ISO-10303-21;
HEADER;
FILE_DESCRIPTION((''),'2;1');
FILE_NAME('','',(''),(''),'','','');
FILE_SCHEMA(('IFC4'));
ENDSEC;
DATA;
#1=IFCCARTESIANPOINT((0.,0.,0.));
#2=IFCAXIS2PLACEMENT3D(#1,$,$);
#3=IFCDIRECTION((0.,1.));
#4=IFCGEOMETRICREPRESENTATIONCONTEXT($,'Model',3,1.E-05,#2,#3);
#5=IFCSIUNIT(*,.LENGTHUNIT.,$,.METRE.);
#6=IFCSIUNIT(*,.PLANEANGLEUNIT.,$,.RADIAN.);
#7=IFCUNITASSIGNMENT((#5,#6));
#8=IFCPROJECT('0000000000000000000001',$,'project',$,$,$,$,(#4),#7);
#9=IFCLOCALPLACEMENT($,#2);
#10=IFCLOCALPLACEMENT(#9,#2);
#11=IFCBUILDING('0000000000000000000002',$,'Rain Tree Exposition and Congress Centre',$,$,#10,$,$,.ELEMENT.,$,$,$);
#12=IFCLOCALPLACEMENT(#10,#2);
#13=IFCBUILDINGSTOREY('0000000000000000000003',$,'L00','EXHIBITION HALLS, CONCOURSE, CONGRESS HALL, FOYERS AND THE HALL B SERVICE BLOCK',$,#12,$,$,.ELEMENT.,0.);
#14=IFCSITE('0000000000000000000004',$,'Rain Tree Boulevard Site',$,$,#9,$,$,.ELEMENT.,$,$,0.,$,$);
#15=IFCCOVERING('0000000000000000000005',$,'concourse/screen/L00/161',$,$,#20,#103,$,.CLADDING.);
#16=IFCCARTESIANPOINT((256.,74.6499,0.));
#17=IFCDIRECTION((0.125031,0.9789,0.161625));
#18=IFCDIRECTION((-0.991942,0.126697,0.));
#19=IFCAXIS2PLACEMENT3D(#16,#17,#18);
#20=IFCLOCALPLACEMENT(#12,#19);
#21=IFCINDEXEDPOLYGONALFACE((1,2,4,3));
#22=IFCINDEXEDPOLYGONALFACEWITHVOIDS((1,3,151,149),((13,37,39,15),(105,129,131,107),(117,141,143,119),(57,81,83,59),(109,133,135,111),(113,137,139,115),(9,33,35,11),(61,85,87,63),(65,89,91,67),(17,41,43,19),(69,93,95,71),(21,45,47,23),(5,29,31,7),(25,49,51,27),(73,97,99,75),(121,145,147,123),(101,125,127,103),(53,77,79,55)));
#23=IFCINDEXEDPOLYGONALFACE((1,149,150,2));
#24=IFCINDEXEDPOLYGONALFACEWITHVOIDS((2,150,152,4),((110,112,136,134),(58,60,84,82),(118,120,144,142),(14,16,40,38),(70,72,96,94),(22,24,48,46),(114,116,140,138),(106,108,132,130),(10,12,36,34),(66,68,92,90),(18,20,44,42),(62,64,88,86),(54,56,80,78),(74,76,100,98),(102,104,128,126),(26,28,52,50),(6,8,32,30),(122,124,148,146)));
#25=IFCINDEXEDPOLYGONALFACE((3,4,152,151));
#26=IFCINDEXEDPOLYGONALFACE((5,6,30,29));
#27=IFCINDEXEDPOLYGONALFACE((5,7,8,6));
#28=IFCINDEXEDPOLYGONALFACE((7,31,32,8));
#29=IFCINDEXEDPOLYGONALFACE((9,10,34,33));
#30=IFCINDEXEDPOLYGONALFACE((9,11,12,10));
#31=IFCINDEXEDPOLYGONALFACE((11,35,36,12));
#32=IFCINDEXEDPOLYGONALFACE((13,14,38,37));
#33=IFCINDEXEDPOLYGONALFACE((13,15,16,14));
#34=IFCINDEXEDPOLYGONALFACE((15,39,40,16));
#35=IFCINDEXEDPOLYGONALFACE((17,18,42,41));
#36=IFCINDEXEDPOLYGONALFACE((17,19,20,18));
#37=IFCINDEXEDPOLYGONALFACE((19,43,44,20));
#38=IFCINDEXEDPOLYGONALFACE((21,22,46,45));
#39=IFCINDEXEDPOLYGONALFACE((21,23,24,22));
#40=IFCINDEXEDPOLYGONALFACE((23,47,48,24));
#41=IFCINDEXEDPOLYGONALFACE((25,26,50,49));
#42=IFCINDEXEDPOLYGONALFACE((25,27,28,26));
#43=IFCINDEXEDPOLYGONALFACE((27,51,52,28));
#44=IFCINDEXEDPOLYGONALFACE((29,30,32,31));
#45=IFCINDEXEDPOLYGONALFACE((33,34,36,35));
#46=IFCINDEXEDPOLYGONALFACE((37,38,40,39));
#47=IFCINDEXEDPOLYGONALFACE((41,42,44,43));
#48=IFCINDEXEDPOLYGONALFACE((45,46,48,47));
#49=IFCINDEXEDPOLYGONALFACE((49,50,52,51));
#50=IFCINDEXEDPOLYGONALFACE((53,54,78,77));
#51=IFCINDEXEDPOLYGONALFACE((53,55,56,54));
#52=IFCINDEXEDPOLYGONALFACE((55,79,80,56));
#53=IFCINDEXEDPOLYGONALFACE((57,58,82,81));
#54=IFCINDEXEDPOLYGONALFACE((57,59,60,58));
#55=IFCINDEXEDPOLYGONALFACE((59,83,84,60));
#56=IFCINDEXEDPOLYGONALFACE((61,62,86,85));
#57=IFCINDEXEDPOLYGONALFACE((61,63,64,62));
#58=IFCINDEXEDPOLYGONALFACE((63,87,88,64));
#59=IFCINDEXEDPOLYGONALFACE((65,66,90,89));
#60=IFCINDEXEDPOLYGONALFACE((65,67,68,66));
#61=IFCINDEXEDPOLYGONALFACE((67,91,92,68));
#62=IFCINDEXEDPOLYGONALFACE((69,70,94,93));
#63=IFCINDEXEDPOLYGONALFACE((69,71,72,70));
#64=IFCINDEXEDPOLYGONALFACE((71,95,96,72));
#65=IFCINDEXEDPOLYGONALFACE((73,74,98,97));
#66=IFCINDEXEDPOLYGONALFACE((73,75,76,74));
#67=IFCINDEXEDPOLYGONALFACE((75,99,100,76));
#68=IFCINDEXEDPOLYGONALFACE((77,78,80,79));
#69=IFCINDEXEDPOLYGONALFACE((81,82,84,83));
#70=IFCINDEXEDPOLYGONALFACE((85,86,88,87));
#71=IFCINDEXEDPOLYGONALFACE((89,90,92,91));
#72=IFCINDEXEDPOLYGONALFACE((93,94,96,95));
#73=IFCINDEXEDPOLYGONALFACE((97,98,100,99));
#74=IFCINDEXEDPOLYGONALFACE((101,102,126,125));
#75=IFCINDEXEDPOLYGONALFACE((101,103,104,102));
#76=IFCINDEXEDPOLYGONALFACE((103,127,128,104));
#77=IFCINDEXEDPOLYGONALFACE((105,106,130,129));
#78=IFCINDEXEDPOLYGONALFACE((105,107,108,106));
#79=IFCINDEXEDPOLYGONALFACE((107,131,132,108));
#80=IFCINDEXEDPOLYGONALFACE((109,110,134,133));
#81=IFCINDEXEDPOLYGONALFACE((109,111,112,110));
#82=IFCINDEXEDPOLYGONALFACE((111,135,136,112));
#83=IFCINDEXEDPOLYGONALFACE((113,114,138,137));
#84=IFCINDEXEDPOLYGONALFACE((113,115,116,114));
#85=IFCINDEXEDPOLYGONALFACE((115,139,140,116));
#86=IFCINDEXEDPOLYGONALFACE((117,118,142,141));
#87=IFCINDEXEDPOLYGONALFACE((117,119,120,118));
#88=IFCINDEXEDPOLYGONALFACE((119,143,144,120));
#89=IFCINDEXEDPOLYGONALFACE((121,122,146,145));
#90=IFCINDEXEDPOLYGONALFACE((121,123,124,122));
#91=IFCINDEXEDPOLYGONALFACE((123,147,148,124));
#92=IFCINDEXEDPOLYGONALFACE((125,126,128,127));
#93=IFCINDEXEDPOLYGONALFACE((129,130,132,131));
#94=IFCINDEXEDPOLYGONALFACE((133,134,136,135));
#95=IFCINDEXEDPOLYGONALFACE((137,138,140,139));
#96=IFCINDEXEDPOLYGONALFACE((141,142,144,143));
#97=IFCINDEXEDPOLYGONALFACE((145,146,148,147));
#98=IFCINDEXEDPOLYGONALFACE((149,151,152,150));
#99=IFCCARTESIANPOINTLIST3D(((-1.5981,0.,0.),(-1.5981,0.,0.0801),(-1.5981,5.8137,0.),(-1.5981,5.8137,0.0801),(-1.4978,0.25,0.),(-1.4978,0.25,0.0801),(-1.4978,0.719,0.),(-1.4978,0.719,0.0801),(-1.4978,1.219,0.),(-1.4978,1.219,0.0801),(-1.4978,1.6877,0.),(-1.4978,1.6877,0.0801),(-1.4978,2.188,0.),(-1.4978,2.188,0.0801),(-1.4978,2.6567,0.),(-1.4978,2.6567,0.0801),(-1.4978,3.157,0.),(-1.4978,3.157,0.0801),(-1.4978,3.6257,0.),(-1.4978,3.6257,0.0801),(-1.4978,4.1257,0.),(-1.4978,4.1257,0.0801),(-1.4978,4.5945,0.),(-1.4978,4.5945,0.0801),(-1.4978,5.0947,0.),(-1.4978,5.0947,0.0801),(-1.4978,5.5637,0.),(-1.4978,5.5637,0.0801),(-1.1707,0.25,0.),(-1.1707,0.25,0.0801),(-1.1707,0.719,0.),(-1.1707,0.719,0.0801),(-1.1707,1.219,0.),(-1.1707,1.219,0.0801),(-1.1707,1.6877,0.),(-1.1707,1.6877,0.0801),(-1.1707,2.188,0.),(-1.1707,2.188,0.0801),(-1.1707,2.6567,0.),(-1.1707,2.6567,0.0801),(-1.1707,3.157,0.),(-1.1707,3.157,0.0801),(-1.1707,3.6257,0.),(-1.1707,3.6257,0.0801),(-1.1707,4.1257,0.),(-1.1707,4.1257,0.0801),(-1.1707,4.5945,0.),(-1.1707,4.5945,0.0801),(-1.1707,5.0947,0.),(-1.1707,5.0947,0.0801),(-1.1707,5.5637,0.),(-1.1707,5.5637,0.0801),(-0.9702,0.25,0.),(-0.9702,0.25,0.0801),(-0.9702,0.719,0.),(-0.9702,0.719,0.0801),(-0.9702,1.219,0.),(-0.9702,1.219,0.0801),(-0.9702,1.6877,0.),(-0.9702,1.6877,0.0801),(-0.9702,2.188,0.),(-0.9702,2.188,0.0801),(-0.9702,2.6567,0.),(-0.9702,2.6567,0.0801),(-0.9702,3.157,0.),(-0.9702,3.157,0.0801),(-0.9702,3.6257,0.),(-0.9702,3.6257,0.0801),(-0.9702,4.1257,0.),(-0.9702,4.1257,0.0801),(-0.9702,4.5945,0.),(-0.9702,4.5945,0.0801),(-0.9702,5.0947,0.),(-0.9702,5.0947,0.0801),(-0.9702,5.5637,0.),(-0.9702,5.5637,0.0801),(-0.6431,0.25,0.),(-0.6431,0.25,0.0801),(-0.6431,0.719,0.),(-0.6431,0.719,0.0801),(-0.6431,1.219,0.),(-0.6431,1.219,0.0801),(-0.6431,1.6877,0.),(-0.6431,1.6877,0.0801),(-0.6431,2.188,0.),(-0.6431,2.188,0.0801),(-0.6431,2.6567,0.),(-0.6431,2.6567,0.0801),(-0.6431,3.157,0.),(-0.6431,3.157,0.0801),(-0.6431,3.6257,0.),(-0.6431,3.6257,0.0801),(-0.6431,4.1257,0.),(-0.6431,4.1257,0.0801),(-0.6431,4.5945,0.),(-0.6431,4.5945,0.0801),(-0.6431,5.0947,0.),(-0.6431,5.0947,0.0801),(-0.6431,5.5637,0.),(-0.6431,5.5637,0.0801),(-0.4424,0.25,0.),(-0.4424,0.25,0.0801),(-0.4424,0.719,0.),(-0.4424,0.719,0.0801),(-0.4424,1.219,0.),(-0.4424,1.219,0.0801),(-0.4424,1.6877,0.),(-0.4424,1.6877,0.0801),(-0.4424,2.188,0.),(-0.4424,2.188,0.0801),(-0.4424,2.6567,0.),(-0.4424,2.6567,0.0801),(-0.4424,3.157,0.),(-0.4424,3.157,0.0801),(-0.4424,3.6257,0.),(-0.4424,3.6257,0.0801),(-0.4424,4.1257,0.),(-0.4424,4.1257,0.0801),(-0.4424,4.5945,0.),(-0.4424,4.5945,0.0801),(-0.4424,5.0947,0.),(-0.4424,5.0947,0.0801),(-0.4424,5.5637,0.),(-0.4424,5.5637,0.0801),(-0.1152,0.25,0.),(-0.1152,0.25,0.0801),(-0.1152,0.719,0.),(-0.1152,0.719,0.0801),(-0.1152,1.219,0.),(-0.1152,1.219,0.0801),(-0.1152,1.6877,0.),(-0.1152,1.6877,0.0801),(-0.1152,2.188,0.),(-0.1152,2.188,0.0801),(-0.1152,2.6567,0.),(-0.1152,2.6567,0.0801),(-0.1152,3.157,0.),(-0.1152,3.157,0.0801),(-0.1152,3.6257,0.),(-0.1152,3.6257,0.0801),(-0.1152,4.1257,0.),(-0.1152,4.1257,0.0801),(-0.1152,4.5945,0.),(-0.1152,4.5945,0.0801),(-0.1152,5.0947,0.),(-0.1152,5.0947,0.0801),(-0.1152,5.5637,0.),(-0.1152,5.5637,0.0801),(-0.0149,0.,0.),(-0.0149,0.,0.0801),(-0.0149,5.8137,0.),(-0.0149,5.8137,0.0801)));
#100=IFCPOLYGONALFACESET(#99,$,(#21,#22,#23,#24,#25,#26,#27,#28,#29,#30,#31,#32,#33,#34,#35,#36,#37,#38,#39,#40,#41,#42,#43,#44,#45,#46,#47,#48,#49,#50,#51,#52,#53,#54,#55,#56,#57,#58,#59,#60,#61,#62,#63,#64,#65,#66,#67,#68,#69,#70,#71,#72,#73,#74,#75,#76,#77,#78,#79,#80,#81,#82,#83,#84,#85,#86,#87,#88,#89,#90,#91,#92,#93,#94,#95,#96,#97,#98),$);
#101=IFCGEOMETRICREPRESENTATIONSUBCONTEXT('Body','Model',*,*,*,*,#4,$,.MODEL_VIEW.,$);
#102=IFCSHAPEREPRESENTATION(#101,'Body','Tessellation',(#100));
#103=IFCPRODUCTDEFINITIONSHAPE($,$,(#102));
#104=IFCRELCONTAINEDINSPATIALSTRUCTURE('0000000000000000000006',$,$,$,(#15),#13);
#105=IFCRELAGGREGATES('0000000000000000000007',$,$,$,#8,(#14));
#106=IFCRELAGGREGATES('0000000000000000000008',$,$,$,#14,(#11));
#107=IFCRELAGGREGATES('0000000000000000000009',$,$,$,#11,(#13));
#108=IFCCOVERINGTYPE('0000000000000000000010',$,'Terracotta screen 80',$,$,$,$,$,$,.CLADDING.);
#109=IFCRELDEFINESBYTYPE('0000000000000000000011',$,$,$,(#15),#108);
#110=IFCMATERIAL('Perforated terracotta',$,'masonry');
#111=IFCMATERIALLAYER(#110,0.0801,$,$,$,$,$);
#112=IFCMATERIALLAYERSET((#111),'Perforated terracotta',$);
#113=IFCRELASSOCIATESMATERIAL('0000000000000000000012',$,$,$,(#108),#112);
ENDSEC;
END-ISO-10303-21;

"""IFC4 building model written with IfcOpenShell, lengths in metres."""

from ifc_helpers import new_model, si_unit, direction, frame, origin, place, context, subcontext, project, spatial, polyline, outline, extrude, material, layer, layer_set, type_object, element, save


model = new_model("IFC4")

# Units and contexts
model_context = context("Model", 3, precision=1e-05, world=origin(), true_north=direction((0.0, 1.0)))
body_context = subcontext(model_context, "Body", "Model", "MODEL_VIEW")
ifc_project = project(units=[si_unit("LENGTHUNIT", "METRE"), si_unit("PLANEANGLEUNIT", "RADIAN")], contexts=[model_context])

# Site, building, storey
site_placement = place(None, origin())
site = spatial("IfcSite", under=ifc_project, at=site_placement, Name="Rain Tree Boulevard Site", CompositionType="ELEMENT", RefElevation=0.0)
building_placement = place(site_placement, origin())
building = spatial("IfcBuilding", under=site, at=building_placement, Name="Rain Tree Exposition and Congress Centre", CompositionType="ELEMENT")
storey_placement = place(building_placement, origin())
storey = spatial("IfcBuildingStorey", under=building, at=storey_placement, Name="L00", Description="EXHIBITION HALLS, CONCOURSE, CONGRESS HALL, FOYERS AND THE HALL B SERVICE BLOCK", CompositionType="ELEMENT", Elevation=0.0)

# Covering
ifc_material_1 = material(Name="Perforated terracotta", Category="masonry")
ifc_layer_1 = layer(ifc_material_1, 0.0801)
ifc_layer_set_1 = layer_set([ifc_layer_1], Name="Perforated terracotta")
covering_type = type_object("IfcCoveringType", Name="Terracotta screen 80", PredefinedType="CLADDING", material=ifc_layer_set_1)
covering_1_placement = place(storey_placement, frame((256.0, 74.6499, 0.0), z_axis=(0.125031, 0.9789, 0.161625), x_axis=(-0.991942, 0.126697, 0.0)))
element("IfcCovering", 1, at=covering_1_placement, inside=storey, type_object=covering_type, Name="concourse/screen/L00/161", PredefinedType="CLADDING", context=body_context, shape_type="SweptSolid", body=[
    extrude(outline(polyline([(-0.0149, 0.0), (-1.5981, 0.0), (-1.5981, 5.8137), (-0.0149, 5.8137), (-0.0149, 0.0)]), holes=[polyline([(-0.1152, 0.25), (-0.1152, 0.719), (-0.4424, 0.719), (-0.4424, 0.25), (-0.1152, 0.25)]), polyline([(-0.1152, 1.219), (-0.1152, 1.6877), (-0.4424, 1.6877), (-0.4424, 1.219), (-0.1152, 1.219)]), polyline([(-0.1152, 2.188), (-0.1152, 2.6567), (-0.4424, 2.6567), (-0.4424, 2.188), (-0.1152, 2.188)]), polyline([(-0.1152, 3.157), (-0.1152, 3.6257), (-0.4424, 3.6257), (-0.4424, 3.157), (-0.1152, 3.157)]), polyline([(-0.1152, 4.1257), (-0.1152, 4.5945), (-0.4424, 4.5945), (-0.4424, 4.1257), (-0.1152, 4.1257)]), polyline([(-0.1152, 5.0947), (-0.1152, 5.5637), (-0.4424, 5.5637), (-0.4424, 5.0947), (-0.1152, 5.0947)]), polyline([(-0.6431, 0.25), (-0.6431, 0.719), (-0.9702, 0.719), (-0.9702, 0.25), (-0.6431, 0.25)]), polyline([(-0.6431, 1.219), (-0.6431, 1.6877), (-0.9702, 1.6877), (-0.9702, 1.219), (-0.6431, 1.219)]), polyline([(-0.6431, 2.188), (-0.6431, 2.6567), (-0.9702, 2.6567), (-0.9702, 2.188), (-0.6431, 2.188)]), polyline([(-0.6431, 3.157), (-0.6431, 3.6257), (-0.9702, 3.6257), (-0.9702, 3.157), (-0.6431, 3.157)]), polyline([(-0.6431, 4.1257), (-0.6431, 4.5945), (-0.9702, 4.5945), (-0.9702, 4.1257), (-0.6431, 4.1257)]), polyline([(-0.6431, 5.0947), (-0.6431, 5.5637), (-0.9702, 5.5637), (-0.9702, 5.0947), (-0.6431, 5.0947)]), polyline([(-1.1707, 0.25), (-1.1707, 0.719), (-1.4978, 0.719), (-1.4978, 0.25), (-1.1707, 0.25)]), polyline([(-1.1707, 1.219), (-1.1707, 1.6877), (-1.4978, 1.6877), (-1.4978, 1.219), (-1.1707, 1.219)]), polyline([(-1.1707, 2.188), (-1.1707, 2.6567), (-1.4978, 2.6567), (-1.4978, 2.188), (-1.1707, 2.188)]), polyline([(-1.1707, 3.157), (-1.1707, 3.6257), (-1.4978, 3.6257), (-1.4978, 3.157), (-1.1707, 3.157)]), polyline([(-1.1707, 4.1257), (-1.1707, 4.5945), (-1.4978, 4.5945), (-1.4978, 4.1257), (-1.1707, 4.1257)]), polyline([(-1.1707, 5.0947), (-1.1707, 5.5637), (-1.4978, 5.5637), (-1.4978, 5.0947), (-1.1707, 5.0947)])]), origin(), (0.0, 0.0, 1.0), 0.0801),
])

save(model, "model.ifc")
